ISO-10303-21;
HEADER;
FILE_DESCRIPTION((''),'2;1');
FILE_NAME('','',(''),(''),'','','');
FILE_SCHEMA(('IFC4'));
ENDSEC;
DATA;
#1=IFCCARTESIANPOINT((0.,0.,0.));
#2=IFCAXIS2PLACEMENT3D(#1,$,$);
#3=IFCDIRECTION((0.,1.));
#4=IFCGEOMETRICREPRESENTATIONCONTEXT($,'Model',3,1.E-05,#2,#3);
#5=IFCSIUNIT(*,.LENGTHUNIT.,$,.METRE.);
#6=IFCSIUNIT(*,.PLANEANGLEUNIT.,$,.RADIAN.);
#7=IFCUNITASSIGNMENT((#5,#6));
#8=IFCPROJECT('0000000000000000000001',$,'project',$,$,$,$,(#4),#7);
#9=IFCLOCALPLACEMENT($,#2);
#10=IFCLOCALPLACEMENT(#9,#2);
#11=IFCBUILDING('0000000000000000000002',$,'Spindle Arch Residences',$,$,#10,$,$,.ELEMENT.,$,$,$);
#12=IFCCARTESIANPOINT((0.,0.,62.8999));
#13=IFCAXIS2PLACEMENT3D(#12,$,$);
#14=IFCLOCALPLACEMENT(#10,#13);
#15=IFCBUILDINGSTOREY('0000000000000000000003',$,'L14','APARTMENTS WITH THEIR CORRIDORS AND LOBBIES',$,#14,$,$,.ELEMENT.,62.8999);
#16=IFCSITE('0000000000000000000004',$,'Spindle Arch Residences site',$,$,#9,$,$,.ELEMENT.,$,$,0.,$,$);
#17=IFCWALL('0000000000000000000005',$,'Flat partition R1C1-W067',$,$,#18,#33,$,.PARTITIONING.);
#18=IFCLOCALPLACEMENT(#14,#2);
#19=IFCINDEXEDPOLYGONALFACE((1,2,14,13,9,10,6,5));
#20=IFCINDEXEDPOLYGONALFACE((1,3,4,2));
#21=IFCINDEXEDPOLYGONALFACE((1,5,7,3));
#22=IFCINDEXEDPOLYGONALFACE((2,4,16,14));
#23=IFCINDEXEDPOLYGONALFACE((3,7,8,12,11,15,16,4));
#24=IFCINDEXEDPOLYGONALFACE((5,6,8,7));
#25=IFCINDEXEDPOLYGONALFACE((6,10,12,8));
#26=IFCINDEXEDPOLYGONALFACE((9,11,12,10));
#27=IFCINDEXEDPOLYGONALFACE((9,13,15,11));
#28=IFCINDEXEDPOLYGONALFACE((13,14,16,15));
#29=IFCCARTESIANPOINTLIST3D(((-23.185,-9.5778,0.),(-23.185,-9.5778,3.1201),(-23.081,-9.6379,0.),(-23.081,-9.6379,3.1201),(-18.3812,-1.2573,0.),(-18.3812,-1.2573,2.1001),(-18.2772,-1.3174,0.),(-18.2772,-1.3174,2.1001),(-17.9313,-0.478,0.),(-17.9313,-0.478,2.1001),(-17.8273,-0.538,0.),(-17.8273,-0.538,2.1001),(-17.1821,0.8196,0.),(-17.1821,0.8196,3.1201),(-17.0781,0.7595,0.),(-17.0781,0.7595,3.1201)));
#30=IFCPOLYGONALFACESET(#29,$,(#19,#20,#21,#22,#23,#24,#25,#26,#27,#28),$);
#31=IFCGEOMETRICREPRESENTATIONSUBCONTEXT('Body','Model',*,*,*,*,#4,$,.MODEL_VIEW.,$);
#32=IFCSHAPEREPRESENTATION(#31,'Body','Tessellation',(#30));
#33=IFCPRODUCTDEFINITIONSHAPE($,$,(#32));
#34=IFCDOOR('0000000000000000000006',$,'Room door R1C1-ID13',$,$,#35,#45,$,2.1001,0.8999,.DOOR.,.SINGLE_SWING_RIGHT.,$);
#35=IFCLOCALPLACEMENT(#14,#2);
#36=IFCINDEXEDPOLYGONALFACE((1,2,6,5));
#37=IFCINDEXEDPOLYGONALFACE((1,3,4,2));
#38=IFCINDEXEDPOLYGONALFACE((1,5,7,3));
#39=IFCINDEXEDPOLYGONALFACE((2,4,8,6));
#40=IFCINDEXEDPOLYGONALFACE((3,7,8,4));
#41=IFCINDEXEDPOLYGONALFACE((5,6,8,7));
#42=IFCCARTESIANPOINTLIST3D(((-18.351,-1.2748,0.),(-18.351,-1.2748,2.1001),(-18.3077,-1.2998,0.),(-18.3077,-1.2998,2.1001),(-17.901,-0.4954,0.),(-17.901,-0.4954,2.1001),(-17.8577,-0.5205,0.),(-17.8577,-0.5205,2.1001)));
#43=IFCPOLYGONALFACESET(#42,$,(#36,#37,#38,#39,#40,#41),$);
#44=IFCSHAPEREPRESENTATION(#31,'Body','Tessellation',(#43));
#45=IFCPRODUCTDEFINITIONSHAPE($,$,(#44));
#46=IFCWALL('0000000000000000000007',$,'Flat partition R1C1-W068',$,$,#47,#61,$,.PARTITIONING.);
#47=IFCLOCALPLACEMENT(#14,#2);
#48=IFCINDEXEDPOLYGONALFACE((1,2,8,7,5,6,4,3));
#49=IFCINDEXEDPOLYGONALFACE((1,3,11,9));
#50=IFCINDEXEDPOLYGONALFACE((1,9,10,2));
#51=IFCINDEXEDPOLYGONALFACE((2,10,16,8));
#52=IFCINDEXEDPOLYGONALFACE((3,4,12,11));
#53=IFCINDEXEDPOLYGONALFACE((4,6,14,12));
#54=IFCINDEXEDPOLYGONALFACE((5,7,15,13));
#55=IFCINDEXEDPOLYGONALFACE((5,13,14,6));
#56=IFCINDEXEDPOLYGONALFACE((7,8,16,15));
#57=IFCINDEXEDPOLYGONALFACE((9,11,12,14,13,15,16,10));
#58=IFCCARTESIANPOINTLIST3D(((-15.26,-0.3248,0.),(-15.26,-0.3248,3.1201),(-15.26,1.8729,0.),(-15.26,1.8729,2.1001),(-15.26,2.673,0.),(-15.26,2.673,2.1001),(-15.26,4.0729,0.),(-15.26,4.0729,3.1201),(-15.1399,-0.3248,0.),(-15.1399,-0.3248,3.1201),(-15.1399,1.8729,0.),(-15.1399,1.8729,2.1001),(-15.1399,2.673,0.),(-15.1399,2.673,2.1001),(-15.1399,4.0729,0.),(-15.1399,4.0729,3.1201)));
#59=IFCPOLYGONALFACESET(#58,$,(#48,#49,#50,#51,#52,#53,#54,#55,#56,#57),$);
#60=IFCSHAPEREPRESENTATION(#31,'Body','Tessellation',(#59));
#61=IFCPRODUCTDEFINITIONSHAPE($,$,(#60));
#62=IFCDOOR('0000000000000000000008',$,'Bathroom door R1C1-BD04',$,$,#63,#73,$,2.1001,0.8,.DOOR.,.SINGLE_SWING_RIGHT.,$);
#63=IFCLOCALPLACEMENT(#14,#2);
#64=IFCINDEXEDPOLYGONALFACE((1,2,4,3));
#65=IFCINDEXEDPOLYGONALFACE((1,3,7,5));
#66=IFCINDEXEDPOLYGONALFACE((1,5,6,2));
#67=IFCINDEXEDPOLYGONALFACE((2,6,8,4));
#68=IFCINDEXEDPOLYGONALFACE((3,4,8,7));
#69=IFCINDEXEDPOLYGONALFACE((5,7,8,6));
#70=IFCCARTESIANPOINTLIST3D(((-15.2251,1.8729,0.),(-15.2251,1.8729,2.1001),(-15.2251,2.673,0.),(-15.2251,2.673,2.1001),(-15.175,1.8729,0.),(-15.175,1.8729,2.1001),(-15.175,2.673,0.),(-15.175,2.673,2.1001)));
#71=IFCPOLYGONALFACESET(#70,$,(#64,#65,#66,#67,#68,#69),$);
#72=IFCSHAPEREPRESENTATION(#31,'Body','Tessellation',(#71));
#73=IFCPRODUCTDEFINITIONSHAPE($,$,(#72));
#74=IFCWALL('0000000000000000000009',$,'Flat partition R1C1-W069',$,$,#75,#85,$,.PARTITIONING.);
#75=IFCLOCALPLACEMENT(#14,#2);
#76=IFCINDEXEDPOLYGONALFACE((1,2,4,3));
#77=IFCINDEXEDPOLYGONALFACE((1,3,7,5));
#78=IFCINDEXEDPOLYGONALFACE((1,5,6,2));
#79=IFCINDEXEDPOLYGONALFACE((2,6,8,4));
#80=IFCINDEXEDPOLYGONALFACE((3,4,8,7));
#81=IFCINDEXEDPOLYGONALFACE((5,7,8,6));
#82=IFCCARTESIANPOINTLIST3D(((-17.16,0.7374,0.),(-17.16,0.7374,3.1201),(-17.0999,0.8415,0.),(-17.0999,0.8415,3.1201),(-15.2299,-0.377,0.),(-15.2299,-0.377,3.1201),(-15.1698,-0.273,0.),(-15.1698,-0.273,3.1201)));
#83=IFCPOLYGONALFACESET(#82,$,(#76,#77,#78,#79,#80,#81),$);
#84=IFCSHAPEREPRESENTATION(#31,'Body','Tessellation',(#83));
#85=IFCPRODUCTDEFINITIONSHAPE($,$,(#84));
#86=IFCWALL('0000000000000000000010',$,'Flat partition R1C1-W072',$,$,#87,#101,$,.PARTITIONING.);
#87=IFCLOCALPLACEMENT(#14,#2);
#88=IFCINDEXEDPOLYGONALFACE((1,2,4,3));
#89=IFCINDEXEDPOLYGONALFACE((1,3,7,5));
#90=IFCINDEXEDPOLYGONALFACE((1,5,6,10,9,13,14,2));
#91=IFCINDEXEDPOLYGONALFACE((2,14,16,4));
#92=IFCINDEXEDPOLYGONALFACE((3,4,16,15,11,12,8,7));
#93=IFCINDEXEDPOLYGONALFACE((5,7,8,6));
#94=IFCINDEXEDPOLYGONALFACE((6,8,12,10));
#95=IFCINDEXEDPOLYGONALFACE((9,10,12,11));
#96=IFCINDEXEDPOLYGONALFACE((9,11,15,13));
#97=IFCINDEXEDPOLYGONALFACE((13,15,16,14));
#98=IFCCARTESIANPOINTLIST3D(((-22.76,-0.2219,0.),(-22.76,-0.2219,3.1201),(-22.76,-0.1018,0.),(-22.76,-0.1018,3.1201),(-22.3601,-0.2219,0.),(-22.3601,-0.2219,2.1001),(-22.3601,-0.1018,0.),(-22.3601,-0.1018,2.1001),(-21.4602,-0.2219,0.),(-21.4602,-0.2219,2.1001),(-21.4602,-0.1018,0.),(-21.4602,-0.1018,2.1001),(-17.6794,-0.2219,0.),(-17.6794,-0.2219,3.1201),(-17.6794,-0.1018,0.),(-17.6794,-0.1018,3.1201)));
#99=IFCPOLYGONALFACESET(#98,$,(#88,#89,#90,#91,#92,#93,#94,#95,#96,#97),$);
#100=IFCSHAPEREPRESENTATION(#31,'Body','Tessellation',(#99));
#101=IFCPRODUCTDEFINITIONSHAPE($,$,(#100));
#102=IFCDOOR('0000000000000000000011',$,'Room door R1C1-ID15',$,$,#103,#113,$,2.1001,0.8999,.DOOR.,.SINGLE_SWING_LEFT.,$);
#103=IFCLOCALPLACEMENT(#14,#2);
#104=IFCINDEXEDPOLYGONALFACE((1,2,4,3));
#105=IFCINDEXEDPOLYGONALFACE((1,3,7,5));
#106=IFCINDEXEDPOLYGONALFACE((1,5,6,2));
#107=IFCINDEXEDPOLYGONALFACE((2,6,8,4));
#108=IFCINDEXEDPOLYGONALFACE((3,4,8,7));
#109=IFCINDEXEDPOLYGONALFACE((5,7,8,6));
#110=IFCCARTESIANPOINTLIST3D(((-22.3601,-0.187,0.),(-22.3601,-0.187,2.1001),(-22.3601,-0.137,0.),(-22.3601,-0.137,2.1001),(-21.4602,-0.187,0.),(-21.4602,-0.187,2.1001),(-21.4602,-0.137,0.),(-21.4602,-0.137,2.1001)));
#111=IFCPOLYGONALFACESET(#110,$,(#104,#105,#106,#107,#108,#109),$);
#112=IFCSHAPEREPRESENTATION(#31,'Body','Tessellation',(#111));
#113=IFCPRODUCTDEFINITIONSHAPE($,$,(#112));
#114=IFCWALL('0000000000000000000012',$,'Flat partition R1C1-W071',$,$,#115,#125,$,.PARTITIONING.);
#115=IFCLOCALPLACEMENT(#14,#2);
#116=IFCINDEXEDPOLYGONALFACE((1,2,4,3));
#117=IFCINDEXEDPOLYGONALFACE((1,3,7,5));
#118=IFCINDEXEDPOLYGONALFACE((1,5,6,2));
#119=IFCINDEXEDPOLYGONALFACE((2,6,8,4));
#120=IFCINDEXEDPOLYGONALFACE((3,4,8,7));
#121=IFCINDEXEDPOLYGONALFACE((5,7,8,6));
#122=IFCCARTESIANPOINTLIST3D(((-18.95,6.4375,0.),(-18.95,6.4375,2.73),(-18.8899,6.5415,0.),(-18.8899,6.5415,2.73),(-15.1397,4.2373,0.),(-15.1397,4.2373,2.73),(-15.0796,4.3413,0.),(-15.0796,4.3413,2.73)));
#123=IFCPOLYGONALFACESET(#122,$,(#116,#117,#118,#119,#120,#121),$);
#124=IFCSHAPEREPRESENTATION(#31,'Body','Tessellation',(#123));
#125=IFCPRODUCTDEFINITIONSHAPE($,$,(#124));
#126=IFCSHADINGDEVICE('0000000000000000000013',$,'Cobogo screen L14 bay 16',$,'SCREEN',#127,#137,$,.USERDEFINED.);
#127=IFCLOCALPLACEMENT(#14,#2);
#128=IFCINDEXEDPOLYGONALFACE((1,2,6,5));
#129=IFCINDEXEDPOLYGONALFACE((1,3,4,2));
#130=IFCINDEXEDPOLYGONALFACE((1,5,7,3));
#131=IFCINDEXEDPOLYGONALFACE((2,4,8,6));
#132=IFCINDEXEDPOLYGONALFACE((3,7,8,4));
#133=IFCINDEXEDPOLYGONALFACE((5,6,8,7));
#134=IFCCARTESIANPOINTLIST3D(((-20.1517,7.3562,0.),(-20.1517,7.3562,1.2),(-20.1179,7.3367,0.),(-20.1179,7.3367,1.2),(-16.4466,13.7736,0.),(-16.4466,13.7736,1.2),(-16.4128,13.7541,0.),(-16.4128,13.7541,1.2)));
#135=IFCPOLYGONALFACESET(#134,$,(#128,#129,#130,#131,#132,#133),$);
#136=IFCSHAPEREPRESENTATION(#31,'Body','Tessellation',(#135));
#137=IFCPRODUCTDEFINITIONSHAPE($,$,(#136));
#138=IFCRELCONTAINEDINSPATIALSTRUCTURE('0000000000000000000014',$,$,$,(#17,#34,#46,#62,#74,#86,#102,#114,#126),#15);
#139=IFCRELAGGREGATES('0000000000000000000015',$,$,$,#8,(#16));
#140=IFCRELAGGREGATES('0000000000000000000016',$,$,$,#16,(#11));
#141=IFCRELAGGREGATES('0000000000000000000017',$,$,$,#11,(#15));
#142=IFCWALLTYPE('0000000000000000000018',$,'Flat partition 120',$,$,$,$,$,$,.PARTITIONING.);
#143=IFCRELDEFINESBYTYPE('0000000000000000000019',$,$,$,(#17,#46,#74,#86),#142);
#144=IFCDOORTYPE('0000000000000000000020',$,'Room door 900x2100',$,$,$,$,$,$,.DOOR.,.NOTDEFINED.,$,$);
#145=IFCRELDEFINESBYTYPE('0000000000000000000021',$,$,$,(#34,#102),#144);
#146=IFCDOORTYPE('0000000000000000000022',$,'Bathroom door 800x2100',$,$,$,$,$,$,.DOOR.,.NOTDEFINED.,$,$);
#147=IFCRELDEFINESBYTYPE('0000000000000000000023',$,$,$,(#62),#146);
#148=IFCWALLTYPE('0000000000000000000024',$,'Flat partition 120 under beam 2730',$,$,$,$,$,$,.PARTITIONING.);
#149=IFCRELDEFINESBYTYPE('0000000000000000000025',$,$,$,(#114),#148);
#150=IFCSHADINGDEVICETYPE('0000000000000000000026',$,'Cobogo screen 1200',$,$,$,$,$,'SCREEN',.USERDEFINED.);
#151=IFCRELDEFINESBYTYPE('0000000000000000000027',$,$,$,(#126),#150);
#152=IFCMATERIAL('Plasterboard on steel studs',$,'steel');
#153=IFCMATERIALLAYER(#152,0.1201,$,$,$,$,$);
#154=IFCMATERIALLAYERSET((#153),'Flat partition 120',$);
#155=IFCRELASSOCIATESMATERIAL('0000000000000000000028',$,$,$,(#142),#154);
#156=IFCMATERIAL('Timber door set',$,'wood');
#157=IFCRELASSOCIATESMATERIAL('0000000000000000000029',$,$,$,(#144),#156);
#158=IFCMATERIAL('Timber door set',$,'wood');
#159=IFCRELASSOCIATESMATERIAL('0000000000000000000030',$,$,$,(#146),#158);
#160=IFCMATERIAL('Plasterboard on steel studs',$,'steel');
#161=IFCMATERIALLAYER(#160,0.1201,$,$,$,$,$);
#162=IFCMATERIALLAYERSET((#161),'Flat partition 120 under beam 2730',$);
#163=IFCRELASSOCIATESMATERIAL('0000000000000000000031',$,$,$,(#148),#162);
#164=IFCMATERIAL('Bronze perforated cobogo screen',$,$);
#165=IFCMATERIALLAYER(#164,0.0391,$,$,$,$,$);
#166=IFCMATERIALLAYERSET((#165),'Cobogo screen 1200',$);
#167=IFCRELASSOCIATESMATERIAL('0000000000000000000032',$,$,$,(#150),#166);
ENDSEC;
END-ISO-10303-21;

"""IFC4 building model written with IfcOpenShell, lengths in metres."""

from ifc_helpers import new_model, si_unit, direction, frame, frame_2d, origin, origin_2d, place, context, subcontext, project, spatial, rectangle, extrude, material, layer, layer_set, type_object, element, fill, save


model = new_model("IFC4")

# Units and contexts
model_context = context("Model", 3, precision=1e-05, world=origin(), true_north=direction((0.0, 1.0)))
body_context = subcontext(model_context, "Body", "Model", "MODEL_VIEW")
ifc_project = project(units=[si_unit("LENGTHUNIT", "METRE"), si_unit("PLANEANGLEUNIT", "RADIAN")], contexts=[model_context])

# Site, building, storey
site_placement = place(None, origin())
site = spatial("IfcSite", under=ifc_project, at=site_placement, Name="Spindle Arch Residences site", CompositionType="ELEMENT", RefElevation=0.0)
building_placement = place(site_placement, origin())
building = spatial("IfcBuilding", under=site, at=building_placement, Name="Spindle Arch Residences", CompositionType="ELEMENT")
storey_placement = place(building_placement, frame((0.0, 0.0, 62.8999)))
storey = spatial("IfcBuildingStorey", under=building, at=storey_placement, Name="L14", Description="APARTMENTS WITH THEIR CORRIDORS AND LOBBIES", CompositionType="ELEMENT", Elevation=62.8999)

# Shared definitions
ifc_material_1 = material(Name="Plasterboard on steel studs", Category="steel")
ifc_layer_1 = layer(ifc_material_1, 0.1201)
ifc_layer_set_1 = layer_set([ifc_layer_1], Name="Flat partition 120")
wall_type_1 = type_object("IfcWallType", Name="Flat partition 120", PredefinedType="PARTITIONING", material=ifc_layer_set_1)
ifc_material_2 = material(Name="Timber door set", Category="wood")
door_type_1 = type_object("IfcDoorType", Name="Room door 900x2100", OperationType="NOTDEFINED", PredefinedType="DOOR", material=ifc_material_2)

# Walls, openings, doors
wall_1_placement = place(storey_placement, frame((-17.1301, 0.7896, 0.0), z_axis=(0.0, 0.0, 1.0), x_axis=(-0.499997, -0.866027, 0.0)))
wall_1 = element("IfcWall", 1, at=wall_1_placement, inside=storey, type_object=wall_type_1, Name="Flat partition R1C1-W067", PredefinedType="PARTITIONING", context=body_context, shape_type="SweptSolid", body=[
    extrude(rectangle(XDim=12.0059, YDim=0.1201, at=frame_2d((6.0029, 0.0))), origin(), (0.0, 0.0, 1.0), 3.1201),
])
opening_1_placement = place(wall_1_placement, frame((1.4983, 0.0, 0.0)))
opening_1 = element("IfcOpeningElement", 2, at=opening_1_placement, cuts=wall_1, PredefinedType="OPENING", context=body_context, shape_type="SweptSolid", body=[
    extrude(rectangle(XDim=0.8999, YDim=2.1001, at=frame_2d((0.45, 1.05))), frame((0.0, 0.0701, 0.0), z_axis=(0.0, -1.0, 0.0), x_axis=(1.0, 0.0, 0.0)), (0.0, 0.0, 1.0), 0.1401),
])
door_1_placement = place(opening_1_placement, origin())
door_1 = element("IfcDoor", 3, at=door_1_placement, inside=storey, type_object=door_type_1, Name="Room door R1C1-ID13", OperationType="SINGLE_SWING_RIGHT", OverallHeight=2.1001, OverallWidth=0.8999, PredefinedType="DOOR", context=body_context, shape_type="SweptSolid", body=[
    extrude(rectangle(XDim=0.8999, YDim=2.1001, at=frame_2d((0.45, 1.05))), frame((0.0, 0.0249, 0.0), z_axis=(0.0, -1.0, 0.0), x_axis=(1.0, 0.0, 0.0)), (0.0, 0.0, 1.0), 0.05),
])
fill(opening_1, door_1)
wall_2_placement = place(storey_placement, frame((-15.2, 4.0728, 0.0), z_axis=(0.0, 0.0, 1.0), x_axis=(0.0, -1.0, 0.0)))
wall_2 = element("IfcWall", 4, at=wall_2_placement, inside=storey, type_object=wall_type_1, Name="Flat partition R1C1-W068", PredefinedType="PARTITIONING", context=body_context, shape_type="SweptSolid", body=[
    extrude(rectangle(XDim=4.3977, YDim=0.1201, at=frame_2d((2.1987, 0.0))), origin(), (0.0, 0.0, 1.0), 3.1201),
])
opening_2_placement = place(wall_2_placement, frame((1.3999, 0.0, 0.0)))
opening_2 = element("IfcOpeningElement", 5, at=opening_2_placement, cuts=wall_2, PredefinedType="OPENING", context=body_context, shape_type="SweptSolid", body=[
    extrude(rectangle(XDim=0.8, YDim=2.1001, at=frame_2d((0.3999, 1.05))), frame((0.0, 0.0701, 0.0), z_axis=(0.0, -1.0, 0.0), x_axis=(1.0, 0.0, 0.0)), (0.0, 0.0, 1.0), 0.1401),
])
ifc_material_3 = material(Name="Timber door set", Category="wood")
door_type_2 = type_object("IfcDoorType", Name="Bathroom door 800x2100", OperationType="NOTDEFINED", PredefinedType="DOOR", material=ifc_material_3)
door_2_placement = place(opening_2_placement, origin())
door_2 = element("IfcDoor", 6, at=door_2_placement, inside=storey, type_object=door_type_2, Name="Bathroom door R1C1-BD04", OperationType="SINGLE_SWING_RIGHT", OverallHeight=2.1001, OverallWidth=0.8, PredefinedType="DOOR", context=body_context, shape_type="SweptSolid", body=[
    extrude(rectangle(XDim=0.8, YDim=2.1001, at=frame_2d((0.3999, 1.05))), frame((0.0, 0.0249, 0.0), z_axis=(0.0, -1.0, 0.0), x_axis=(1.0, 0.0, 0.0)), (0.0, 0.0, 1.0), 0.05),
])
fill(opening_2, door_2)

# Wall
wall_3_placement = place(storey_placement, frame((-15.2, -0.325, 0.0), z_axis=(0.0, 0.0, 1.0), x_axis=(-0.866003, 0.500039, 0.0)))
element("IfcWall", 7, at=wall_3_placement, inside=storey, type_object=wall_type_1, Name="Flat partition R1C1-W069", PredefinedType="PARTITIONING", context=body_context, shape_type="SweptSolid", body=[
    extrude(rectangle(XDim=2.2288, YDim=0.1201, at=frame_2d((1.1143, 0.0))), origin(), (0.0, 0.0, 1.0), 3.1201),
])

# Wall, opening, door
wall_4_placement = place(storey_placement, frame((-22.76, -0.1619, 0.0), z_axis=(0.0, 0.0, 1.0), x_axis=(1.0, 0.0, 0.0)))
wall_4 = element("IfcWall", 8, at=wall_4_placement, inside=storey, type_object=wall_type_1, Name="Flat partition R1C1-W072", PredefinedType="PARTITIONING", context=body_context, shape_type="SweptSolid", body=[
    extrude(rectangle(XDim=5.0806, YDim=0.1201, at=frame_2d((2.5403, 0.0))), origin(), (0.0, 0.0, 1.0), 3.1201),
])
opening_3_placement = place(wall_4_placement, frame((0.3999, 0.0, 0.0)))
opening_3 = element("IfcOpeningElement", 9, at=opening_3_placement, cuts=wall_4, PredefinedType="OPENING", context=body_context, shape_type="SweptSolid", body=[
    extrude(rectangle(XDim=0.8999, YDim=2.1001, at=frame_2d((0.45, 1.05))), frame((0.0, 0.0701, 0.0), z_axis=(0.0, -1.0, 0.0), x_axis=(1.0, 0.0, 0.0)), (0.0, 0.0, 1.0), 0.1401),
])
door_3_placement = place(opening_3_placement, origin())
door_3 = element("IfcDoor", 10, at=door_3_placement, inside=storey, type_object=door_type_1, Name="Room door R1C1-ID15", OperationType="SINGLE_SWING_LEFT", OverallHeight=2.1001, OverallWidth=0.8999, PredefinedType="DOOR", context=body_context, shape_type="SweptSolid", body=[
    extrude(rectangle(XDim=0.8999, YDim=2.1001, at=frame_2d((0.45, 1.05))), frame((0.0, 0.0249, 0.0), z_axis=(0.0, -1.0, 0.0), x_axis=(1.0, 0.0, 0.0)), (0.0, 0.0, 1.0), 0.05),
])
fill(opening_3, door_3)

# Wall
ifc_material_4 = material(Name="Plasterboard on steel studs", Category="steel")
ifc_layer_2 = layer(ifc_material_4, 0.1201)
ifc_layer_set_2 = layer_set([ifc_layer_2], Name="Flat partition 120 under beam 2730")
wall_type_2 = type_object("IfcWallType", Name="Flat partition 120 under beam 2730", PredefinedType="PARTITIONING", material=ifc_layer_set_2)
wall_5_placement = place(storey_placement, frame((-18.9199, 6.4895, 0.0), z_axis=(0.0, 0.0, 1.0), x_axis=(0.865994, -0.500054, 0.0)))
element("IfcWall", 11, at=wall_5_placement, inside=storey, type_object=wall_type_2, Name="Flat partition R1C1-W071", PredefinedType="PARTITIONING", context=body_context, shape_type="SweptSolid", body=[
    extrude(rectangle(XDim=4.3999, YDim=0.1201, at=frame_2d((2.2, 0.0))), origin(), (0.0, 0.0, 1.0), 2.73),
])

# Shading device
ifc_material_5 = material(Name="Bronze perforated cobogo screen")
ifc_layer_3 = layer(ifc_material_5, 0.0391)
ifc_layer_set_3 = layer_set([ifc_layer_3], Name="Cobogo screen 1200")
shading_device_type = type_object("IfcShadingDeviceType", Name="Cobogo screen 1200", ElementType="SCREEN", PredefinedType="USERDEFINED", material=ifc_layer_set_3)
shading_device_placement = place(storey_placement, frame((-18.2822, 10.5552, 0.0), z_axis=(0.0, 0.0, 1.0), x_axis=(-0.5, -0.866025, 0.0)))
element("IfcShadingDevice", 12, at=shading_device_placement, inside=storey, type_object=shading_device_type, Name="Cobogo screen L14 bay 16", ObjectType="SCREEN", PredefinedType="USERDEFINED", context=body_context, shape_type="SweptSolid", body=[
    extrude(rectangle(XDim=7.4102, YDim=0.0391, at=origin_2d()), origin(), (0.0, 0.0, 1.0), 1.2),
])

save(model, "model.ifc")
